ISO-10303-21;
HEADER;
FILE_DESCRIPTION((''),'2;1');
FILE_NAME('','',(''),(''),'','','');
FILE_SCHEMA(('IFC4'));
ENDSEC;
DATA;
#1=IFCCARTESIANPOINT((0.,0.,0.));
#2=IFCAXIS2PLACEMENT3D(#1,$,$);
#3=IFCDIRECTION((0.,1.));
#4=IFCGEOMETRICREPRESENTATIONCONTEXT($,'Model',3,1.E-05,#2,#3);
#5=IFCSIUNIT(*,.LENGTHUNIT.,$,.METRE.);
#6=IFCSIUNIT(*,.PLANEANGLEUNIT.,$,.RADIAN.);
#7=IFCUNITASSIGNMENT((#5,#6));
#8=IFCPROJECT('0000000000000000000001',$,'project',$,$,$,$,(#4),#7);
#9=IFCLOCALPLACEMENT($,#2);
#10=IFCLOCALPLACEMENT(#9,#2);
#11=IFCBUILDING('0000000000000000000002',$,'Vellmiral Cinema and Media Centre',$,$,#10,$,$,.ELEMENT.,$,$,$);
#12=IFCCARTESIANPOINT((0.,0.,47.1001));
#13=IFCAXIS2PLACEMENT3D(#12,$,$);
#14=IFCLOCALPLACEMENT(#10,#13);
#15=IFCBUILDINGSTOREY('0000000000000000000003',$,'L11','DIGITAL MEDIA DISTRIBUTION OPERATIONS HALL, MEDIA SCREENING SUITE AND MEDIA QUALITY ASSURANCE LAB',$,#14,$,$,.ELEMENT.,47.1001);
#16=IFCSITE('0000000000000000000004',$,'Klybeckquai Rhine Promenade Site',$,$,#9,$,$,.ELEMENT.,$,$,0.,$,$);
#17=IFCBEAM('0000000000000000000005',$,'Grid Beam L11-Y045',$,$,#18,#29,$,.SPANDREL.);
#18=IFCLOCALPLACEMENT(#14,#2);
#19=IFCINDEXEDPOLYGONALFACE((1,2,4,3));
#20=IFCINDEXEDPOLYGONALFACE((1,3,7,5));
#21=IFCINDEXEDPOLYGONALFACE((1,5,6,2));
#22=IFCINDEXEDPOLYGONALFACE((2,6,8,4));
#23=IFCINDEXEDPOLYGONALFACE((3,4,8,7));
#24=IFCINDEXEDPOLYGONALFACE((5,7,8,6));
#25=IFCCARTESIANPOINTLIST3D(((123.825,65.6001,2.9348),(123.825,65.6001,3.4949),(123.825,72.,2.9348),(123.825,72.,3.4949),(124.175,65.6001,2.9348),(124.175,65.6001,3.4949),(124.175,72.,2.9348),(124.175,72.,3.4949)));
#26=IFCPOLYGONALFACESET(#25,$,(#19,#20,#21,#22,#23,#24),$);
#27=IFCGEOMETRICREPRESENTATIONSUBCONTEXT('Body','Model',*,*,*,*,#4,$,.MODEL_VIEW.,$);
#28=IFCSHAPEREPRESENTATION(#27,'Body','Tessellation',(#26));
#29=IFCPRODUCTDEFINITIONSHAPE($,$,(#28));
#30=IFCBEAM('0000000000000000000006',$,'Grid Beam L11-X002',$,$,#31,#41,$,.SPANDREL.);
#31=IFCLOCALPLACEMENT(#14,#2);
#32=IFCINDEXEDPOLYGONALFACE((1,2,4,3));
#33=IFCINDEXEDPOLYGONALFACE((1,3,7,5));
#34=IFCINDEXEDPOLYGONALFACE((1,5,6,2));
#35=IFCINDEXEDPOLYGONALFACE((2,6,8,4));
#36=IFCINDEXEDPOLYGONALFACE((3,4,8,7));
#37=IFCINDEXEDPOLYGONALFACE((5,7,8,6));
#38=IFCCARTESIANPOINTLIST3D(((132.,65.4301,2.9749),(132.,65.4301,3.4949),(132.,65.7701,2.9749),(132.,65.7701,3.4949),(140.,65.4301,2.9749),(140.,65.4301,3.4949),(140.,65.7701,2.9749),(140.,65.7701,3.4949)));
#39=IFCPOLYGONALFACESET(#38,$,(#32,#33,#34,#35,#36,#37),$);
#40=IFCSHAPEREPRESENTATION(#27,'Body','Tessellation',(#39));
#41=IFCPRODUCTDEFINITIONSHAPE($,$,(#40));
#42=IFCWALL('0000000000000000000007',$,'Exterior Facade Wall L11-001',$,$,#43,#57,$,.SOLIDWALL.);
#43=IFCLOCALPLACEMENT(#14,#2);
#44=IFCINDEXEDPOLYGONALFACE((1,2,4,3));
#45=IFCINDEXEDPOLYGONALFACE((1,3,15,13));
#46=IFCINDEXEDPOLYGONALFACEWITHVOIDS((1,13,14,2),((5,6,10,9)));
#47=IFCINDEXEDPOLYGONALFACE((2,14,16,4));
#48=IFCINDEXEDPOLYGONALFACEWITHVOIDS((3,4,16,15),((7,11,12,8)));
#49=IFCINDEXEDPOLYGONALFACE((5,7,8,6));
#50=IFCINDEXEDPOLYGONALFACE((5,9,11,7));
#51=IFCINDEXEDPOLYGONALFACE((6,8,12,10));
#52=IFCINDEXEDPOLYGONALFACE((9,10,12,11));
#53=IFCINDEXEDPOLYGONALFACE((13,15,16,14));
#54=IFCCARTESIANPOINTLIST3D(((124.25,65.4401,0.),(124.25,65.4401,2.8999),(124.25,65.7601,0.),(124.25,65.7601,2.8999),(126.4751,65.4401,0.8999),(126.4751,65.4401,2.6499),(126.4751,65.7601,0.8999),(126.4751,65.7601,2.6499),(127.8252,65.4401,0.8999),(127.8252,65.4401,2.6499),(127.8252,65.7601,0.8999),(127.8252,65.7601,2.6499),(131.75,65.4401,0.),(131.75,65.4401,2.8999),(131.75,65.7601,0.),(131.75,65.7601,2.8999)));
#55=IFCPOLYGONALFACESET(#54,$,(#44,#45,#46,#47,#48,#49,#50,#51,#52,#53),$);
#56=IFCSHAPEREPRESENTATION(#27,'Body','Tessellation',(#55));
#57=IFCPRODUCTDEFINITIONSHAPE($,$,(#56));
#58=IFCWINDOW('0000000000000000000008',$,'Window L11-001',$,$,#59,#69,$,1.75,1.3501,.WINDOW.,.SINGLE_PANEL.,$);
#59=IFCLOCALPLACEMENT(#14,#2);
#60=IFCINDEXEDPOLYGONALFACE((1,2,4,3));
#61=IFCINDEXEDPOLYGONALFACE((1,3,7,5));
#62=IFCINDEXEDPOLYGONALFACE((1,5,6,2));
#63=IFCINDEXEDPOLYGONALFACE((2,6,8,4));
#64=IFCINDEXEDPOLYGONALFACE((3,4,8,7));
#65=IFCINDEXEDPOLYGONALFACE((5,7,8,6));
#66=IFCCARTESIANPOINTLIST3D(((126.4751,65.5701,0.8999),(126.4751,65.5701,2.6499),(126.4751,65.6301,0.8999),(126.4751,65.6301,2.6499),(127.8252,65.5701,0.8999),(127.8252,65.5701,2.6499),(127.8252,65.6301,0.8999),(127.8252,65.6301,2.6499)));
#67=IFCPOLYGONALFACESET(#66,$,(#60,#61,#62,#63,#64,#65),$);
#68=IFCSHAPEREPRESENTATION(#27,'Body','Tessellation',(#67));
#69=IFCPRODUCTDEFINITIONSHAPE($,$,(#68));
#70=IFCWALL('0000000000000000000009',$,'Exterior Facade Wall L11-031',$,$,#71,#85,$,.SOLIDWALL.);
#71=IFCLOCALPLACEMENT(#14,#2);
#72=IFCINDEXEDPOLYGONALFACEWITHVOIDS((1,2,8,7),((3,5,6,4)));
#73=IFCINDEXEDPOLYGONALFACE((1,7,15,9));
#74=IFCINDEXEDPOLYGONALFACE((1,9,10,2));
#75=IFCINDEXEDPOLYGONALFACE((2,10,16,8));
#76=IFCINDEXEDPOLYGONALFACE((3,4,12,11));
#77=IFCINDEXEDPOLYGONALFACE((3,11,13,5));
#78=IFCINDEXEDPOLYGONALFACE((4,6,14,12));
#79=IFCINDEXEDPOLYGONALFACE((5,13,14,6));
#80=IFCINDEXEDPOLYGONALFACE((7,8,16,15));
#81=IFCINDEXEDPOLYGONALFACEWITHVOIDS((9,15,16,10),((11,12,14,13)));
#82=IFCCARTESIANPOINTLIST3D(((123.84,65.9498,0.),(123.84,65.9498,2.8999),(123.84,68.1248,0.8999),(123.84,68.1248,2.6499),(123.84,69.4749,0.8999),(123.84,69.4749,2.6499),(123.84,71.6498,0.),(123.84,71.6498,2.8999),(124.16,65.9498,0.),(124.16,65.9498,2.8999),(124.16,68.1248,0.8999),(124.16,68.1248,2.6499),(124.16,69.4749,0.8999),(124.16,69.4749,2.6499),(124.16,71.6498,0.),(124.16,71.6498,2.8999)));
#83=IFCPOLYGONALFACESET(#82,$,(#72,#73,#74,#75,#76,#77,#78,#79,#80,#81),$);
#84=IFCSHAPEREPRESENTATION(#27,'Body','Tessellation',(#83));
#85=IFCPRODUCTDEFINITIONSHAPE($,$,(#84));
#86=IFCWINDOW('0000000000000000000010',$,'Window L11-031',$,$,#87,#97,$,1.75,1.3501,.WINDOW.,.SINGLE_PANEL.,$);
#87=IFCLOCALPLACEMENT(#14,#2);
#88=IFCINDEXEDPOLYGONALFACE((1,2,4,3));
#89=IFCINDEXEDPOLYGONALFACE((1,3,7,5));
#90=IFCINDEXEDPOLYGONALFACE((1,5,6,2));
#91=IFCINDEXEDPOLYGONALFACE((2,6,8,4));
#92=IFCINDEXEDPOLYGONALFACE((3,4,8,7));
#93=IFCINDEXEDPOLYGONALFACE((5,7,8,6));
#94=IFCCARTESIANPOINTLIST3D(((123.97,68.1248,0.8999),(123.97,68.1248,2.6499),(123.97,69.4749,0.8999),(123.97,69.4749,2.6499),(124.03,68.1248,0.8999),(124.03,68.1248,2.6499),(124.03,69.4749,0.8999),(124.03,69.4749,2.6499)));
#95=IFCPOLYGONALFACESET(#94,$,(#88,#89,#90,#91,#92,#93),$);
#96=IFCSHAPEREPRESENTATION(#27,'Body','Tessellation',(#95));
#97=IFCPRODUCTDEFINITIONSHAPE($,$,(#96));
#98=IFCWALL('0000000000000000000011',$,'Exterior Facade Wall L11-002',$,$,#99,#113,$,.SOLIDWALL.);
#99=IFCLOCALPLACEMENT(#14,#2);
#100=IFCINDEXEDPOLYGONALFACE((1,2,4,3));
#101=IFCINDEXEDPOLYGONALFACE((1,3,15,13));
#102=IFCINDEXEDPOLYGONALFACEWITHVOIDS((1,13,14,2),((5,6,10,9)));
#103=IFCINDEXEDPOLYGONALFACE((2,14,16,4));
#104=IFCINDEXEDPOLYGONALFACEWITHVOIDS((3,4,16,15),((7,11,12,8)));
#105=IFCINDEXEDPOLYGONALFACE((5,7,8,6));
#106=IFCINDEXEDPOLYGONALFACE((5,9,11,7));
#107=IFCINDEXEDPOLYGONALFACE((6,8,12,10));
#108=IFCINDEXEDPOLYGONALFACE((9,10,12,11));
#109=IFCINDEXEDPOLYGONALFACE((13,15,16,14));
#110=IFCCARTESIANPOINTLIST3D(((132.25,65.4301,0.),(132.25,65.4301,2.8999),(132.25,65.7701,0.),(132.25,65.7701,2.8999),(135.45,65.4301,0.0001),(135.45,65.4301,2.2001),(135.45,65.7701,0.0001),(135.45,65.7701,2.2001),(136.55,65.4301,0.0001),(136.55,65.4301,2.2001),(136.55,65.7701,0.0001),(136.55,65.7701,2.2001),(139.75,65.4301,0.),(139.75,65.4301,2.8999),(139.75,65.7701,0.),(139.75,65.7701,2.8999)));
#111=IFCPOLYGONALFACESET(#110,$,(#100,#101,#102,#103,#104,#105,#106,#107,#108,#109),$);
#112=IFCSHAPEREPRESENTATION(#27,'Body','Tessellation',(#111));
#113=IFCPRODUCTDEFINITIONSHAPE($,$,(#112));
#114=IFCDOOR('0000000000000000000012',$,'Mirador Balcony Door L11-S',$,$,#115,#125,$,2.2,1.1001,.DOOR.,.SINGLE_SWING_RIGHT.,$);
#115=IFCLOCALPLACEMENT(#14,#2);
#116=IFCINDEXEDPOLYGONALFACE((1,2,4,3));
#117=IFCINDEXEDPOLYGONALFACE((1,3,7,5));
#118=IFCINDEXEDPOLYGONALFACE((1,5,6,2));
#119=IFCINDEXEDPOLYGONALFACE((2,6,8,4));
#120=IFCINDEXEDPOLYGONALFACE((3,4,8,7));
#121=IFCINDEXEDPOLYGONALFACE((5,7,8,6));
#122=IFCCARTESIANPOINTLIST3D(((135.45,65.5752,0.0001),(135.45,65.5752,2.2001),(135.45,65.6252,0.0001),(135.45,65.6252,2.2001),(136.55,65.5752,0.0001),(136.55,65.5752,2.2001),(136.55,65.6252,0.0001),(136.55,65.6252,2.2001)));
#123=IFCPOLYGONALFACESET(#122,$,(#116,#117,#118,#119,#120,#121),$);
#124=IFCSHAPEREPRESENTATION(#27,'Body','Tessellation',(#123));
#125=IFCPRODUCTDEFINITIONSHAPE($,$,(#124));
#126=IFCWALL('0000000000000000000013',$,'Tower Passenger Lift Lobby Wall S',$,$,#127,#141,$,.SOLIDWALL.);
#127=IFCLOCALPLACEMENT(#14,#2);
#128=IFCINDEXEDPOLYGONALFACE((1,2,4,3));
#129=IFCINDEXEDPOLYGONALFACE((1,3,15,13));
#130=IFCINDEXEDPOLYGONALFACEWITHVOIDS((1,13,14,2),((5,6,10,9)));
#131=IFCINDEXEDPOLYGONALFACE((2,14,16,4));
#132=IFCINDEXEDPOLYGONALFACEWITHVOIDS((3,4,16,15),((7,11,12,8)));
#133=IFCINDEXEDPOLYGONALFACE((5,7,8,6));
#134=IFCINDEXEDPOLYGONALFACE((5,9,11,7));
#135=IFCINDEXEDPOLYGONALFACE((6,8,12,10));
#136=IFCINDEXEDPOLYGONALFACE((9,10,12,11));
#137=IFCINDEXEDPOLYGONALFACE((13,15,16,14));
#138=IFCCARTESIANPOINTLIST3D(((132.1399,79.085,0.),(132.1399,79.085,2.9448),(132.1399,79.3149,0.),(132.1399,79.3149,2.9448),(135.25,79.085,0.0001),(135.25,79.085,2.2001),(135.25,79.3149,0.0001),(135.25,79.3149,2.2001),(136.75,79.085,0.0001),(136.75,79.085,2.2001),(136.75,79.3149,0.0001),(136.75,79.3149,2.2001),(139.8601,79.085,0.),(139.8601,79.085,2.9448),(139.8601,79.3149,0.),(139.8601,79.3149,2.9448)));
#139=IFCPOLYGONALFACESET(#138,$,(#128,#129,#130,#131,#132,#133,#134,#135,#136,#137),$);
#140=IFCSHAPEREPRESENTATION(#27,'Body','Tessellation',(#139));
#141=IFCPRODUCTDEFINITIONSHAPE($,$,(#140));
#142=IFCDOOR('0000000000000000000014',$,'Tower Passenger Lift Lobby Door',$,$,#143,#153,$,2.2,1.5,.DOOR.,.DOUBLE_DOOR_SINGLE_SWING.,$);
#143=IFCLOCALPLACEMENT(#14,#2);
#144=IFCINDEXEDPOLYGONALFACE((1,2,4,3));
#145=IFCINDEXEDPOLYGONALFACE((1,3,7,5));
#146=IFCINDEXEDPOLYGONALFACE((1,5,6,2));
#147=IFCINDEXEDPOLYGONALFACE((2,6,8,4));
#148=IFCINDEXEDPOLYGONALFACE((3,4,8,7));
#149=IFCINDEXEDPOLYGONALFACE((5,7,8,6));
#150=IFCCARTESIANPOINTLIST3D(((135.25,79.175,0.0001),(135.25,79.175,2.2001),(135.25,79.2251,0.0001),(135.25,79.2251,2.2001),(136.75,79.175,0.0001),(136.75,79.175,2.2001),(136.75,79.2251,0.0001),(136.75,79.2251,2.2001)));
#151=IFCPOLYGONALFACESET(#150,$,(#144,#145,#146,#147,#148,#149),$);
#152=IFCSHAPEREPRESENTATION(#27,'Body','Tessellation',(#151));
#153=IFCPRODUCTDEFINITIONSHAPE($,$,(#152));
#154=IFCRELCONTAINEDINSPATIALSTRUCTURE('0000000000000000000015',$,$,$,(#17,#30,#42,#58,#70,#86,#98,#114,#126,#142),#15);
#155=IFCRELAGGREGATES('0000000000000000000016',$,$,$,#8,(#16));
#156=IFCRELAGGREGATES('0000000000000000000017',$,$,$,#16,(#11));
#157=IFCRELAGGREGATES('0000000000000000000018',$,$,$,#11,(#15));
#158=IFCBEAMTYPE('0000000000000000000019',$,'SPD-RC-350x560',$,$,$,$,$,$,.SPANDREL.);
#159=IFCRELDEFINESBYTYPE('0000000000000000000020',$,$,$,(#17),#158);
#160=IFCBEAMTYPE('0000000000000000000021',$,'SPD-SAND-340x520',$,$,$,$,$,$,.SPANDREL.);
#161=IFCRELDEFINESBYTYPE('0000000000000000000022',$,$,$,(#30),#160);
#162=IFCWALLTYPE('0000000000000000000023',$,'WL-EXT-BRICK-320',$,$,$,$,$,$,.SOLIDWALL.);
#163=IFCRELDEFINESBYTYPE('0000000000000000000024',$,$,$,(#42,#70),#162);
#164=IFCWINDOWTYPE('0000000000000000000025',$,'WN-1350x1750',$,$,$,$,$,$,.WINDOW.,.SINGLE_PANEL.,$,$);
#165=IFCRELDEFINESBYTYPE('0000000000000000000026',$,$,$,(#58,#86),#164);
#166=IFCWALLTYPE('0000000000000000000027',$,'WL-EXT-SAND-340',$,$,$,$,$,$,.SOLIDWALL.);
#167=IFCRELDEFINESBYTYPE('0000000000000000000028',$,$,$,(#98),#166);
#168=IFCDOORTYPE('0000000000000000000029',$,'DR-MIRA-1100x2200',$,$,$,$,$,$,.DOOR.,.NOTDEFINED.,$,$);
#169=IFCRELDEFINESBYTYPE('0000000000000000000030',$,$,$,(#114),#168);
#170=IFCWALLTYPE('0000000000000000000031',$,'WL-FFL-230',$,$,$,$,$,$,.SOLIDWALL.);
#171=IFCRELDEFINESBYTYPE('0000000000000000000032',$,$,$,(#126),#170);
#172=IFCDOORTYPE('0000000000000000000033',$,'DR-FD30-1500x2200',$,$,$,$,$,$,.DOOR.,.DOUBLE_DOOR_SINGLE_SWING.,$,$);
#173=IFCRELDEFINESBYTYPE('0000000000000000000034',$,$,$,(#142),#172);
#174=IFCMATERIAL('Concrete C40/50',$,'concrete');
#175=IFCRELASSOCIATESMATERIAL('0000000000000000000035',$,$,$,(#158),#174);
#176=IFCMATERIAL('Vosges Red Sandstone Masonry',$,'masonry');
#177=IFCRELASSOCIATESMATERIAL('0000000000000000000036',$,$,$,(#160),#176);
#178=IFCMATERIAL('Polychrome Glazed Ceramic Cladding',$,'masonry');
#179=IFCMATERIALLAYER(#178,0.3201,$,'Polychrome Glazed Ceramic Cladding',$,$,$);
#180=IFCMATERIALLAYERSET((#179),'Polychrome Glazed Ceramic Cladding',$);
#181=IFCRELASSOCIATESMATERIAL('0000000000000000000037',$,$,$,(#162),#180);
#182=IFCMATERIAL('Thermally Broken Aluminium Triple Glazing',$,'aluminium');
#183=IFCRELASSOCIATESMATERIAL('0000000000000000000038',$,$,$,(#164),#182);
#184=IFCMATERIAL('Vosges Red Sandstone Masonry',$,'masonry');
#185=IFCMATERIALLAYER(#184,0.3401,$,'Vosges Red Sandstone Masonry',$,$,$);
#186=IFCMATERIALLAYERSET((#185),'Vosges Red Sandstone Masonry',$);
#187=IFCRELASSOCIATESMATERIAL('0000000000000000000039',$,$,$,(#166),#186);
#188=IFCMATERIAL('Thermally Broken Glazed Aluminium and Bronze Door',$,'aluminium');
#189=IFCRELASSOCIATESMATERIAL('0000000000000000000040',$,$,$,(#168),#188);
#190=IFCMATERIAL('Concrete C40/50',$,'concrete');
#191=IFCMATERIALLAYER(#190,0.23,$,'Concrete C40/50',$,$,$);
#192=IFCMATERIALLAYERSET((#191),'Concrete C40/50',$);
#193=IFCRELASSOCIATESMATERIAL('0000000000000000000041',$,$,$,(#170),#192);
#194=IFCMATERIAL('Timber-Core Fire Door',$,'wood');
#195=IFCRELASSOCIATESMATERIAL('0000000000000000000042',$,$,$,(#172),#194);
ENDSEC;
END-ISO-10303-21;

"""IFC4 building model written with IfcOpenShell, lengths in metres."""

from ifc_helpers import new_model, si_unit, direction, frame, frame_2d, origin, origin_2d, place, context, subcontext, project, spatial, rectangle, extrude, material, layer, layer_set, material_profile, profile_set, type_object, element, fill, save


model = new_model("IFC4")

# Units and contexts
model_context = context("Model", 3, precision=1e-05, world=origin(), true_north=direction((0.0, 1.0)))
body_context = subcontext(model_context, "Body", "Model", "MODEL_VIEW")
ifc_project = project(units=[si_unit("LENGTHUNIT", "METRE"), si_unit("PLANEANGLEUNIT", "RADIAN")], contexts=[model_context])

# Site, building, storey
site_placement = place(None, origin())
site = spatial("IfcSite", under=ifc_project, at=site_placement, Name="Klybeckquai Rhine Promenade Site", CompositionType="ELEMENT", RefElevation=0.0)
building_placement = place(site_placement, origin())
building = spatial("IfcBuilding", under=site, at=building_placement, Name="Vellmiral Cinema and Media Centre", CompositionType="ELEMENT")
storey_placement = place(building_placement, frame((0.0, 0.0, 47.1001)))
storey = spatial("IfcBuildingStorey", under=building, at=storey_placement, Name="L11", Description="DIGITAL MEDIA DISTRIBUTION OPERATIONS HALL, MEDIA SCREENING SUITE AND MEDIA QUALITY ASSURANCE LAB", CompositionType="ELEMENT", Elevation=47.1001)

# Beams
ifc_material_1 = material(Name="Concrete C40/50", Category="concrete")
ifc_material_profile_1 = material_profile(ifc_material_1, rectangle(XDim=0.3501, YDim=0.5601, at=origin_2d()), Name="RC 350x560")
ifc_profile_set_1 = profile_set([ifc_material_profile_1], Name="Concrete C40/50")
beam_type_1 = type_object("IfcBeamType", Name="SPD-RC-350x560", PredefinedType="SPANDREL", material=ifc_profile_set_1)
beam_1_placement = place(storey_placement, frame((124.0, 65.6001, 3.2148), z_axis=(0.0, 1.0, 0.0), x_axis=(-1.0, 0.0, 0.0)))
element("IfcBeam", 1, at=beam_1_placement, inside=storey, type_object=beam_type_1, Name="Grid Beam L11-Y045", PredefinedType="SPANDREL", context=body_context, shape_type="SweptSolid", body=[
    extrude(rectangle(XDim=0.3501, YDim=0.5601, at=origin_2d()), origin(), (0.0, 0.0, 1.0), 6.3999),
])
ifc_material_2 = material(Name="Vosges Red Sandstone Masonry", Category="masonry")
ifc_material_profile_2 = material_profile(ifc_material_2, rectangle(XDim=0.3401, YDim=0.52, at=origin_2d()), Name="SAND 340x520")
ifc_profile_set_2 = profile_set([ifc_material_profile_2], Name="Vosges Red Sandstone Masonry")
beam_type_2 = type_object("IfcBeamType", Name="SPD-SAND-340x520", PredefinedType="SPANDREL", material=ifc_profile_set_2)
beam_2_placement = place(storey_placement, frame((132.0, 65.6001, 3.2349), z_axis=(1.0, 0.0, 0.0), x_axis=(0.0, 1.0, 0.0)))
element("IfcBeam", 2, at=beam_2_placement, inside=storey, type_object=beam_type_2, Name="Grid Beam L11-X002", PredefinedType="SPANDREL", context=body_context, shape_type="SweptSolid", body=[
    extrude(rectangle(XDim=0.3401, YDim=0.52, at=origin_2d()), origin(), (0.0, 0.0, 1.0), 8.0),
])

# Walls, openings, windows
ifc_material_3 = material(Name="Polychrome Glazed Ceramic Cladding", Category="masonry")
ifc_layer_1 = layer(ifc_material_3, 0.3201, Name="Polychrome Glazed Ceramic Cladding")
ifc_layer_set_1 = layer_set([ifc_layer_1], Name="Polychrome Glazed Ceramic Cladding")
wall_type_1 = type_object("IfcWallType", Name="WL-EXT-BRICK-320", PredefinedType="SOLIDWALL", material=ifc_layer_set_1)
wall_1_placement = place(storey_placement, frame((124.25, 65.6001, 0.0), z_axis=(0.0, 0.0, 1.0), x_axis=(1.0, 0.0, 0.0)))
wall_1 = element("IfcWall", 3, at=wall_1_placement, inside=storey, type_object=wall_type_1, Name="Exterior Facade Wall L11-001", PredefinedType="SOLIDWALL", context=body_context, shape_type="SweptSolid", body=[
    extrude(rectangle(XDim=7.5, YDim=0.3201, at=frame_2d((3.75, 0.0))), origin(), (0.0, 0.0, 1.0), 2.8999),
])
opening_1_placement = place(wall_1_placement, frame((2.2251, 0.0, 0.8999)))
opening_1 = element("IfcOpeningElement", 4, at=opening_1_placement, cuts=wall_1, PredefinedType="OPENING", context=body_context, shape_type="SweptSolid", body=[
    extrude(rectangle(XDim=1.3501, YDim=1.75, at=frame_2d((0.675, 0.875))), frame((0.0, 0.1719, 0.0), z_axis=(0.0, -1.0, 0.0), x_axis=(1.0, 0.0, 0.0)), (0.0, 0.0, 1.0), 0.344),
])
ifc_material_4 = material(Name="Thermally Broken Aluminium Triple Glazing", Category="aluminium")
window_type = type_object("IfcWindowType", Name="WN-1350x1750", PartitioningType="SINGLE_PANEL", PredefinedType="WINDOW", material=ifc_material_4)
window_1_placement = place(opening_1_placement, origin())
window_1 = element("IfcWindow", 5, at=window_1_placement, inside=storey, type_object=window_type, Name="Window L11-001", OverallHeight=1.75, OverallWidth=1.3501, PartitioningType="SINGLE_PANEL", PredefinedType="WINDOW", context=body_context, shape_type="SweptSolid", body=[
    extrude(rectangle(XDim=1.3501, YDim=1.75, at=frame_2d((0.675, 0.875))), frame((0.0, 0.03, 0.0), z_axis=(0.0, -1.0, 0.0), x_axis=(1.0, 0.0, 0.0)), (0.0, 0.0, 1.0), 0.0601),
])
fill(opening_1, window_1)
wall_2_placement = place(storey_placement, frame((124.0, 71.6499, 0.0), z_axis=(0.0, 0.0, 1.0), x_axis=(0.0, -1.0, 0.0)))
wall_2 = element("IfcWall", 6, at=wall_2_placement, inside=storey, type_object=wall_type_1, Name="Exterior Facade Wall L11-031", PredefinedType="SOLIDWALL", context=body_context, shape_type="SweptSolid", body=[
    extrude(rectangle(XDim=5.7, YDim=0.3201, at=frame_2d((2.8501, 0.0))), origin(), (0.0, 0.0, 1.0), 2.8999),
])
opening_2_placement = place(wall_2_placement, frame((2.175, 0.0, 0.8999)))
opening_2 = element("IfcOpeningElement", 7, at=opening_2_placement, cuts=wall_2, PredefinedType="OPENING", context=body_context, shape_type="SweptSolid", body=[
    extrude(rectangle(XDim=1.3501, YDim=1.75, at=frame_2d((0.675, 0.875))), frame((0.0, 0.1719, 0.0), z_axis=(0.0, -1.0, 0.0), x_axis=(1.0, 0.0, 0.0)), (0.0, 0.0, 1.0), 0.344),
])
window_2_placement = place(opening_2_placement, origin())
window_2 = element("IfcWindow", 8, at=window_2_placement, inside=storey, type_object=window_type, Name="Window L11-031", OverallHeight=1.75, OverallWidth=1.3501, PartitioningType="SINGLE_PANEL", PredefinedType="WINDOW", context=body_context, shape_type="SweptSolid", body=[
    extrude(rectangle(XDim=1.3501, YDim=1.75, at=frame_2d((0.675, 0.875))), frame((0.0, 0.03, 0.0), z_axis=(0.0, -1.0, 0.0), x_axis=(1.0, 0.0, 0.0)), (0.0, 0.0, 1.0), 0.0601),
])
fill(opening_2, window_2)

# Walls, openings, doors
ifc_material_5 = material(Name="Vosges Red Sandstone Masonry", Category="masonry")
ifc_layer_2 = layer(ifc_material_5, 0.3401, Name="Vosges Red Sandstone Masonry")
ifc_layer_set_2 = layer_set([ifc_layer_2], Name="Vosges Red Sandstone Masonry")
wall_type_2 = type_object("IfcWallType", Name="WL-EXT-SAND-340", PredefinedType="SOLIDWALL", material=ifc_layer_set_2)
wall_3_placement = place(storey_placement, frame((132.25, 65.6001, 0.0), z_axis=(0.0, 0.0, 1.0), x_axis=(1.0, 0.0, 0.0)))
wall_3 = element("IfcWall", 9, at=wall_3_placement, inside=storey, type_object=wall_type_2, Name="Exterior Facade Wall L11-002", PredefinedType="SOLIDWALL", context=body_context, shape_type="SweptSolid", body=[
    extrude(rectangle(XDim=7.5, YDim=0.3401, at=frame_2d((3.75, 0.0))), origin(), (0.0, 0.0, 1.0), 2.8999),
])
opening_3_placement = place(wall_3_placement, frame((3.2, 0.0, 0.0)))
opening_3 = element("IfcOpeningElement", 10, at=opening_3_placement, cuts=wall_3, PredefinedType="OPENING", context=body_context, shape_type="SweptSolid", body=[
    extrude(rectangle(XDim=1.1001, YDim=2.2, at=frame_2d((0.55, 1.1001))), frame((0.0, 0.1821, 0.0), z_axis=(0.0, -1.0, 0.0), x_axis=(1.0, 0.0, 0.0)), (0.0, 0.0, 1.0), 0.364),
])
ifc_material_6 = material(Name="Thermally Broken Glazed Aluminium and Bronze Door", Category="aluminium")
door_type_1 = type_object("IfcDoorType", Name="DR-MIRA-1100x2200", OperationType="NOTDEFINED", PredefinedType="DOOR", material=ifc_material_6)
door_1_placement = place(opening_3_placement, frame((1.1001, 0.0, 0.0), z_axis=(0.0, 0.0, 1.0), x_axis=(-1.0, 0.0, 0.0)))
door_1 = element("IfcDoor", 11, at=door_1_placement, inside=storey, type_object=door_type_1, Name="Mirador Balcony Door L11-S", OperationType="SINGLE_SWING_RIGHT", OverallHeight=2.2, OverallWidth=1.1001, PredefinedType="DOOR", context=body_context, shape_type="SweptSolid", body=[
    extrude(rectangle(XDim=1.1001, YDim=2.2, at=frame_2d((0.55, 1.1001))), frame((0.0, 0.0249, 0.0), z_axis=(0.0, -1.0, 0.0), x_axis=(1.0, 0.0, 0.0)), (0.0, 0.0, 1.0), 0.05),
])
fill(opening_3, door_1)
ifc_material_7 = material(Name="Concrete C40/50", Category="concrete")
ifc_layer_3 = layer(ifc_material_7, 0.23, Name="Concrete C40/50")
ifc_layer_set_3 = layer_set([ifc_layer_3], Name="Concrete C40/50")
wall_type_3 = type_object("IfcWallType", Name="WL-FFL-230", PredefinedType="SOLIDWALL", material=ifc_layer_set_3)
wall_4_placement = place(storey_placement, frame((132.1399, 79.2, 0.0), z_axis=(0.0, 0.0, 1.0), x_axis=(1.0, 0.0, 0.0)))
wall_4 = element("IfcWall", 12, at=wall_4_placement, inside=storey, type_object=wall_type_3, Name="Tower Passenger Lift Lobby Wall S", PredefinedType="SOLIDWALL", context=body_context, shape_type="SweptSolid", body=[
    extrude(rectangle(XDim=7.7202, YDim=0.23, at=frame_2d((3.8601, 0.0))), origin(), (0.0, 0.0, 1.0), 2.9448),
])
opening_4_placement = place(wall_4_placement, frame((3.1101, 0.0, 0.0)))
opening_4 = element("IfcOpeningElement", 13, at=opening_4_placement, cuts=wall_4, PredefinedType="OPENING", context=body_context, shape_type="SweptSolid", body=[
    extrude(rectangle(XDim=1.5, YDim=2.2, at=frame_2d((0.75, 1.1001))), frame((0.0, 0.127, 0.0), z_axis=(0.0, -1.0, 0.0), x_axis=(1.0, 0.0, 0.0)), (0.0, 0.0, 1.0), 0.2539),
])
ifc_material_8 = material(Name="Timber-Core Fire Door", Category="wood")
door_type_2 = type_object("IfcDoorType", Name="DR-FD30-1500x2200", OperationType="DOUBLE_DOOR_SINGLE_SWING", PredefinedType="DOOR", material=ifc_material_8)
door_2_placement = place(opening_4_placement, frame((1.5, 0.0, 0.0), z_axis=(0.0, 0.0, 1.0), x_axis=(-1.0, 0.0, 0.0)))
door_2 = element("IfcDoor", 14, at=door_2_placement, inside=storey, type_object=door_type_2, Name="Tower Passenger Lift Lobby Door", OperationType="DOUBLE_DOOR_SINGLE_SWING", OverallHeight=2.2, OverallWidth=1.5, PredefinedType="DOOR", context=body_context, shape_type="SweptSolid", body=[
    extrude(rectangle(XDim=1.5, YDim=2.2, at=frame_2d((0.75, 1.1001))), frame((0.0, 0.0249, 0.0), z_axis=(0.0, -1.0, 0.0), x_axis=(1.0, 0.0, 0.0)), (0.0, 0.0, 1.0), 0.05),
])
fill(opening_4, door_2)

save(model, "model.ifc")
